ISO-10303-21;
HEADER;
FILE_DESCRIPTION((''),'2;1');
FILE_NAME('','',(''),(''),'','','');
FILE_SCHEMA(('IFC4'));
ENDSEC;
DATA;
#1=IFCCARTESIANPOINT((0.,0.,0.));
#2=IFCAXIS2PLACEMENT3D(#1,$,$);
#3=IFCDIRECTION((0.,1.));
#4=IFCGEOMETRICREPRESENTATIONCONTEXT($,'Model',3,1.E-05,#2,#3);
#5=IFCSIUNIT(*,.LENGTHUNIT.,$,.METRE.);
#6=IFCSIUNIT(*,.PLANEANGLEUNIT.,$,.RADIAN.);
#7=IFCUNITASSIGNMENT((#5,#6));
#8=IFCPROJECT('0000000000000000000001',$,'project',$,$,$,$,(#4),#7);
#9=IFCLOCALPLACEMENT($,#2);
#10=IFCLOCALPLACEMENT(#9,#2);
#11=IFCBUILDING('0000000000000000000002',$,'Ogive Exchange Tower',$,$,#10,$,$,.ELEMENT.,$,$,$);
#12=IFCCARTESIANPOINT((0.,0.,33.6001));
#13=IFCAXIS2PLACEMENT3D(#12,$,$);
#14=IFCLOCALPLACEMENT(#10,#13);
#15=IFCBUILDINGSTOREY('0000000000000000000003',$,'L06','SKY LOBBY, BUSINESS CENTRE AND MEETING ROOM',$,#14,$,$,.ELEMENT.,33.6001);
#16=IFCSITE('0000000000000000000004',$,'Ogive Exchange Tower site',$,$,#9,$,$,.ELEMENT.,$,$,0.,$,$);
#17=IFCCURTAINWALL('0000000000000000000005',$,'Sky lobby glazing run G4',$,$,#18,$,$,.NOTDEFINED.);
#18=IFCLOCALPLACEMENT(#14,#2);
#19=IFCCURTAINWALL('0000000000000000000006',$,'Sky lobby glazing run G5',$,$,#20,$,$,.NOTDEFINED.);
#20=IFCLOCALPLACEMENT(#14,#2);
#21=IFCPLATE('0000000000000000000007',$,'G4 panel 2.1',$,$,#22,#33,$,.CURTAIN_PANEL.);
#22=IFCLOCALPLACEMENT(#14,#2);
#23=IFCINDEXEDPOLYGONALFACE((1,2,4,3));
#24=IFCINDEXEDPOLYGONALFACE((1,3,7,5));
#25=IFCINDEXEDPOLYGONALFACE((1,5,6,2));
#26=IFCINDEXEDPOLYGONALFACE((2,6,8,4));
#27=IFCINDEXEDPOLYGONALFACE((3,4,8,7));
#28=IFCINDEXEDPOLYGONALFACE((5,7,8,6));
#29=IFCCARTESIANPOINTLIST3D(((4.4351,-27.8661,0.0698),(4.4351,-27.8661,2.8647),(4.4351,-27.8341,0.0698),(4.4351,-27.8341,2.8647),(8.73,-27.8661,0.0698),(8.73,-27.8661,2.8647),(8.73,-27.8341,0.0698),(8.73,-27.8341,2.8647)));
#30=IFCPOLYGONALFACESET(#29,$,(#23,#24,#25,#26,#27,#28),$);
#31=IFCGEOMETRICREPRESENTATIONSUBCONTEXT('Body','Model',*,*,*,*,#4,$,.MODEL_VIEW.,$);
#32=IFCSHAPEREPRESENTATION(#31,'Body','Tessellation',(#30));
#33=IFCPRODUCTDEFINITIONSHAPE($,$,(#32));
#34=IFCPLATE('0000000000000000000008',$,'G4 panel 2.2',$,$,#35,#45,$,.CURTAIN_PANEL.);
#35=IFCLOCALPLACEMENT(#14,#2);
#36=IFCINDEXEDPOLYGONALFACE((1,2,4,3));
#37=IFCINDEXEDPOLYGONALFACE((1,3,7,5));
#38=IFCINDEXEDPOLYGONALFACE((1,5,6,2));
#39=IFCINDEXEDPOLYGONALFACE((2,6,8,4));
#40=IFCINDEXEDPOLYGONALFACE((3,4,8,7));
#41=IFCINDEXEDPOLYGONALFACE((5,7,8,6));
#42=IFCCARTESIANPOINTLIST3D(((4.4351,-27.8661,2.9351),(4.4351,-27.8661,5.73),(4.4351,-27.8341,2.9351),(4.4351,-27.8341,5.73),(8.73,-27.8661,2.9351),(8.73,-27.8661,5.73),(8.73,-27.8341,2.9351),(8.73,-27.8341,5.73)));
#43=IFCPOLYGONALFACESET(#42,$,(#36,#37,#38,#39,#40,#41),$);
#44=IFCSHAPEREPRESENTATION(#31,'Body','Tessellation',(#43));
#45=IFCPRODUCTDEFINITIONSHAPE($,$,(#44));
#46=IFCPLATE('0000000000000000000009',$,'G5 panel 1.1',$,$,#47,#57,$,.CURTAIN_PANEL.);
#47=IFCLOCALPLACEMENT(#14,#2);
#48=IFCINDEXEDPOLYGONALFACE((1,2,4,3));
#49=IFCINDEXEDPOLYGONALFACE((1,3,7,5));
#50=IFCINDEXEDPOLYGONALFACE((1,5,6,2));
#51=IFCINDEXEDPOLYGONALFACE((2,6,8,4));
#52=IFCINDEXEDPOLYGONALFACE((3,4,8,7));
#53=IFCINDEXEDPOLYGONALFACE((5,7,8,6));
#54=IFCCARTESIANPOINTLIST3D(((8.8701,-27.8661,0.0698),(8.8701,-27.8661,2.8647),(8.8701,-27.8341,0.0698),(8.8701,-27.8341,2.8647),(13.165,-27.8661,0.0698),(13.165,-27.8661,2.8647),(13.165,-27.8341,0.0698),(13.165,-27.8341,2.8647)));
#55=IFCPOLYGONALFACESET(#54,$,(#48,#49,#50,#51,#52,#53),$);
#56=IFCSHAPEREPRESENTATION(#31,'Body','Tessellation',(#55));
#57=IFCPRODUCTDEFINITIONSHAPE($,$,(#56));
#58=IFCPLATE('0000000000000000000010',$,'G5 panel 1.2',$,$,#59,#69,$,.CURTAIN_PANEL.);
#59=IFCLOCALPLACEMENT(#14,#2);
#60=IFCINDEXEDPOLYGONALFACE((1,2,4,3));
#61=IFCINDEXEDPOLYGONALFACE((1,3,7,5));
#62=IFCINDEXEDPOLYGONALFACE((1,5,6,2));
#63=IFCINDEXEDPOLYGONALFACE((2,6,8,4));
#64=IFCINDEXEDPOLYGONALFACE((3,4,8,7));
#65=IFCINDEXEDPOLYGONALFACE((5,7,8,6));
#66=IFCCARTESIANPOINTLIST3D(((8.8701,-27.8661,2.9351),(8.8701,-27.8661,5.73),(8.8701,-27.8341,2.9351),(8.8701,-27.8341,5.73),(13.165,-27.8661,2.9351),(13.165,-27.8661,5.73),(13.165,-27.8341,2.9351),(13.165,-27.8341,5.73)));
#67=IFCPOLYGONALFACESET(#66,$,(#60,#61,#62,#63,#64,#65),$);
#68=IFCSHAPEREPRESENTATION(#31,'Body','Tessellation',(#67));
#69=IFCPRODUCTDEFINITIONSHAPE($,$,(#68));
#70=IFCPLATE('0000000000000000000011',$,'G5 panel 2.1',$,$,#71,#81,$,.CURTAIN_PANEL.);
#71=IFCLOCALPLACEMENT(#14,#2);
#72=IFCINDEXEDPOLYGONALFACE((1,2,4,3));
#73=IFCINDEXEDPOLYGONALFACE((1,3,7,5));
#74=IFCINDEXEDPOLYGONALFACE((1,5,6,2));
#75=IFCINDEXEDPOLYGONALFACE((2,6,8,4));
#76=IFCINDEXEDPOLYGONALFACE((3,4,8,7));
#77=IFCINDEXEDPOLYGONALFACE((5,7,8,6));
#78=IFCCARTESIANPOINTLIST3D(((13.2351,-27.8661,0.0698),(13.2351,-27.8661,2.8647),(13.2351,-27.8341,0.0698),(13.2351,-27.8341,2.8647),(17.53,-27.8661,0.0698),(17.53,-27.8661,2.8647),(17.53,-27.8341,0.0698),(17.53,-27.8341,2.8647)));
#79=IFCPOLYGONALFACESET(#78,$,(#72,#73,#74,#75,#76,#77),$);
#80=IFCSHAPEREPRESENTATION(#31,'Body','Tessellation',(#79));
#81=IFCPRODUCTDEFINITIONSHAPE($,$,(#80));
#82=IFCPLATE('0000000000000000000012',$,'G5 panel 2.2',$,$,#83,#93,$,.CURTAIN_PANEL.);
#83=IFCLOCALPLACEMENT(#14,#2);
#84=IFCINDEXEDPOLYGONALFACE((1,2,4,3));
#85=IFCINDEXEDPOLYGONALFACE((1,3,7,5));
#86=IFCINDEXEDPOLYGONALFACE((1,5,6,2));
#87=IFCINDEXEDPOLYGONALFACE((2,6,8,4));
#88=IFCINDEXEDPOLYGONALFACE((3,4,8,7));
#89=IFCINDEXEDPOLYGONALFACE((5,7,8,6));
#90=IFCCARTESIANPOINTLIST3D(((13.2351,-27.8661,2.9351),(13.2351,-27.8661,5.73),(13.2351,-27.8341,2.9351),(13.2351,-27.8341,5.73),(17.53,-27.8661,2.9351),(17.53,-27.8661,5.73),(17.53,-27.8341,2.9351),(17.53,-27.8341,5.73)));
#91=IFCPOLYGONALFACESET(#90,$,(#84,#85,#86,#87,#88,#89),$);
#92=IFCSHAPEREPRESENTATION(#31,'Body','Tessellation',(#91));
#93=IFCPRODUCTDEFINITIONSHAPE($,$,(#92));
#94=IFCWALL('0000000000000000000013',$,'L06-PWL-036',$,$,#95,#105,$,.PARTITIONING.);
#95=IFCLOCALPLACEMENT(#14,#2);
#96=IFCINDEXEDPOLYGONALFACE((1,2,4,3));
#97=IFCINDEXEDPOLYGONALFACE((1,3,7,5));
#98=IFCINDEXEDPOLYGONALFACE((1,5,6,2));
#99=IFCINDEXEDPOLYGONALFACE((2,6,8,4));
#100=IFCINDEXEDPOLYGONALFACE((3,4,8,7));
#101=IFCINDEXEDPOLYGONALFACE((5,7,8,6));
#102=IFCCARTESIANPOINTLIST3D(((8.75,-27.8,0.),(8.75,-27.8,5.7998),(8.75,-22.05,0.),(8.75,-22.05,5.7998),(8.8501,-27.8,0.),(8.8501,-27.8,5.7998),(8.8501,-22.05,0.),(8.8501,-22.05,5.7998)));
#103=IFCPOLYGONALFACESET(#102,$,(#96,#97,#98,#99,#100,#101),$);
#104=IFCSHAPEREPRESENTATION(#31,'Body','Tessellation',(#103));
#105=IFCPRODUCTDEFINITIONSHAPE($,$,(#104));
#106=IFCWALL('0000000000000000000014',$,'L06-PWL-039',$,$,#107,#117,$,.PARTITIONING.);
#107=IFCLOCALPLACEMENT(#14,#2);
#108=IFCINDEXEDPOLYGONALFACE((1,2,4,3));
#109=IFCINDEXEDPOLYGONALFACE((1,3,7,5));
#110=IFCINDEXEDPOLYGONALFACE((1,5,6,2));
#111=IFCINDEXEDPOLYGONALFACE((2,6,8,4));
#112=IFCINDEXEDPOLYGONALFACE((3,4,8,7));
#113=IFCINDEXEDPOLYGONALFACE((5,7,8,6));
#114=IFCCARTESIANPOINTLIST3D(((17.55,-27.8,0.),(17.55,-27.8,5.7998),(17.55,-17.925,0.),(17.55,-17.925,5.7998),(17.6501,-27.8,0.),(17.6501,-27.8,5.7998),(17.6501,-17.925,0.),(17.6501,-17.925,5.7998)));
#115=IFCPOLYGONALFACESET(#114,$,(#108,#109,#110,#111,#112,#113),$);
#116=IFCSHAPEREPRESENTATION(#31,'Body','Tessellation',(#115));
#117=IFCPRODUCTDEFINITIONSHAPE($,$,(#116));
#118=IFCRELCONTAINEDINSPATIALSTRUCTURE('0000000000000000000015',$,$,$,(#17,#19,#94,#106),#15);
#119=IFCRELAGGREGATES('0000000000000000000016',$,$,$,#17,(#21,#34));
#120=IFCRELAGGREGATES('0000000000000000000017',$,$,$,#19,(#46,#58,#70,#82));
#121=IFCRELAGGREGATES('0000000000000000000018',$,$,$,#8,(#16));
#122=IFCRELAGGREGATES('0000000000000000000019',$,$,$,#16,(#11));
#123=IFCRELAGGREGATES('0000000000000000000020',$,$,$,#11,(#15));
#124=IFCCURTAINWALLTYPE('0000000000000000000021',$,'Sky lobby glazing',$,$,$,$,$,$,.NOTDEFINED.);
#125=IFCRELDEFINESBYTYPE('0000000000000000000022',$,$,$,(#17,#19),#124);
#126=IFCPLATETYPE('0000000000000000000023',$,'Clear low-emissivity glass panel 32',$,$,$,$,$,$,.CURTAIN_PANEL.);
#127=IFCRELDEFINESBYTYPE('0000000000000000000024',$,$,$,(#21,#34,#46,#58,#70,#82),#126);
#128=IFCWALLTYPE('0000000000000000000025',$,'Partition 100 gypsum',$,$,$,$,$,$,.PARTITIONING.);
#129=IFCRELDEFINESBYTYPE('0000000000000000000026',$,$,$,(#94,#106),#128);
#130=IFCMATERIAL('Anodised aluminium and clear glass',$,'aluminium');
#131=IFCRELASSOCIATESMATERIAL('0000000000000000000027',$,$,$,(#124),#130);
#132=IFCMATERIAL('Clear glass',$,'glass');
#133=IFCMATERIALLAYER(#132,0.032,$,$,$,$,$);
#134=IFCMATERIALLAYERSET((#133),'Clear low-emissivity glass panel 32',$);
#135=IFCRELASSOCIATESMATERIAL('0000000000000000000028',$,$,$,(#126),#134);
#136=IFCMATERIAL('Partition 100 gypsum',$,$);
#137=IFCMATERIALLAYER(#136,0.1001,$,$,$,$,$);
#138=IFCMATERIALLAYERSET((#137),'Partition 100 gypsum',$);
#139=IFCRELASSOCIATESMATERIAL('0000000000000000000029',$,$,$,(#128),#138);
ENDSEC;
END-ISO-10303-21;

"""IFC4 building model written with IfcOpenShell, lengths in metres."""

from ifc_helpers import new_model, si_unit, direction, frame, frame_2d, origin, origin_2d, place, context, subcontext, project, spatial, rectangle, extrude, material, layer, layer_set, type_object, element, aggregate, save


model = new_model("IFC4")

# Units and contexts
model_context = context("Model", 3, precision=1e-05, world=origin(), true_north=direction((0.0, 1.0)))
body_context = subcontext(model_context, "Body", "Model", "MODEL_VIEW")
ifc_project = project(units=[si_unit("LENGTHUNIT", "METRE"), si_unit("PLANEANGLEUNIT", "RADIAN")], contexts=[model_context])

# Site, building, storey
site_placement = place(None, origin())
site = spatial("IfcSite", under=ifc_project, at=site_placement, Name="Ogive Exchange Tower site", CompositionType="ELEMENT", RefElevation=0.0)
building_placement = place(site_placement, origin())
building = spatial("IfcBuilding", under=site, at=building_placement, Name="Ogive Exchange Tower", CompositionType="ELEMENT")
storey_placement = place(building_placement, frame((0.0, 0.0, 33.6001)))
storey = spatial("IfcBuildingStorey", under=building, at=storey_placement, Name="L06", Description="SKY LOBBY, BUSINESS CENTRE AND MEETING ROOM", CompositionType="ELEMENT", Elevation=33.6001)

# Curtain wall
ifc_material_1 = material(Name="Anodised aluminium and clear glass", Category="aluminium")
curtain_wall_type = type_object("IfcCurtainWallType", Name="Sky lobby glazing", PredefinedType="NOTDEFINED", material=ifc_material_1)
curtain_wall_1_placement = place(storey_placement, origin())
curtain_wall_1 = element("IfcCurtainWall", 1, at=curtain_wall_1_placement, inside=storey, type_object=curtain_wall_type, Name="Sky lobby glazing run G4", PredefinedType="NOTDEFINED")

# Curtain wall
curtain_wall_2_placement = place(storey_placement, origin())
curtain_wall_2 = element("IfcCurtainWall", 2, at=curtain_wall_2_placement, inside=storey, type_object=curtain_wall_type, Name="Sky lobby glazing run G5", PredefinedType="NOTDEFINED")

# Plates
ifc_material_2 = material(Name="Clear glass", Category="glass")
ifc_layer_1 = layer(ifc_material_2, 0.032)
ifc_layer_set_1 = layer_set([ifc_layer_1], Name="Clear low-emissivity glass panel 32")
plate_type = type_object("IfcPlateType", Name="Clear low-emissivity glass panel 32", PredefinedType="CURTAIN_PANEL", material=ifc_layer_set_1)
plate_1_placement = place(storey_placement, frame((6.5825, -27.8501, 0.0698), z_axis=(0.0, 0.0, 1.0), x_axis=(1.0, 0.0, 0.0)))
plate_1 = element("IfcPlate", 3, at=plate_1_placement, type_object=plate_type, Name="G4 panel 2.1", PredefinedType="CURTAIN_PANEL", context=body_context, shape_type="SweptSolid", body=[
    extrude(rectangle(XDim=4.2949, YDim=0.032, at=origin_2d()), origin(), (0.0, 0.0, 1.0), 2.7949),
])
plate_2_placement = place(storey_placement, frame((6.5825, -27.8501, 2.9351), z_axis=(0.0, 0.0, 1.0), x_axis=(1.0, 0.0, 0.0)))
plate_2 = element("IfcPlate", 4, at=plate_2_placement, type_object=plate_type, Name="G4 panel 2.2", PredefinedType="CURTAIN_PANEL", context=body_context, shape_type="SweptSolid", body=[
    extrude(rectangle(XDim=4.2949, YDim=0.032, at=origin_2d()), origin(), (0.0, 0.0, 1.0), 2.7949),
])
aggregate(curtain_wall_1, [plate_1, plate_2])
plate_3_placement = place(storey_placement, frame((11.0176, -27.8501, 0.0698), z_axis=(0.0, 0.0, 1.0), x_axis=(1.0, 0.0, 0.0)))
plate_3 = element("IfcPlate", 5, at=plate_3_placement, type_object=plate_type, Name="G5 panel 1.1", PredefinedType="CURTAIN_PANEL", context=body_context, shape_type="SweptSolid", body=[
    extrude(rectangle(XDim=4.2949, YDim=0.032, at=origin_2d()), origin(), (0.0, 0.0, 1.0), 2.7949),
])
plate_4_placement = place(storey_placement, frame((11.0176, -27.8501, 2.9351), z_axis=(0.0, 0.0, 1.0), x_axis=(1.0, 0.0, 0.0)))
plate_4 = element("IfcPlate", 6, at=plate_4_placement, type_object=plate_type, Name="G5 panel 1.2", PredefinedType="CURTAIN_PANEL", context=body_context, shape_type="SweptSolid", body=[
    extrude(rectangle(XDim=4.2949, YDim=0.032, at=origin_2d()), origin(), (0.0, 0.0, 1.0), 2.7949),
])
plate_5_placement = place(storey_placement, frame((15.3826, -27.8501, 0.0698), z_axis=(0.0, 0.0, 1.0), x_axis=(1.0, 0.0, 0.0)))
plate_5 = element("IfcPlate", 7, at=plate_5_placement, type_object=plate_type, Name="G5 panel 2.1", PredefinedType="CURTAIN_PANEL", context=body_context, shape_type="SweptSolid", body=[
    extrude(rectangle(XDim=4.2949, YDim=0.032, at=origin_2d()), origin(), (0.0, 0.0, 1.0), 2.7949),
])
plate_6_placement = place(storey_placement, frame((15.3826, -27.8501, 2.9351), z_axis=(0.0, 0.0, 1.0), x_axis=(1.0, 0.0, 0.0)))
plate_6 = element("IfcPlate", 8, at=plate_6_placement, type_object=plate_type, Name="G5 panel 2.2", PredefinedType="CURTAIN_PANEL", context=body_context, shape_type="SweptSolid", body=[
    extrude(rectangle(XDim=4.2949, YDim=0.032, at=origin_2d()), origin(), (0.0, 0.0, 1.0), 2.7949),
])
aggregate(curtain_wall_2, [plate_3, plate_4, plate_5, plate_6])

# Walls
ifc_material_3 = material(Name="Partition 100 gypsum")
ifc_layer_2 = layer(ifc_material_3, 0.1001)
ifc_layer_set_2 = layer_set([ifc_layer_2], Name="Partition 100 gypsum")
wall_type = type_object("IfcWallType", Name="Partition 100 gypsum", PredefinedType="PARTITIONING", material=ifc_layer_set_2)
wall_1_placement = place(storey_placement, frame((8.8, -27.8, 0.0), z_axis=(0.0, 0.0, 1.0), x_axis=(0.0, 1.0, 0.0)))
element("IfcWall", 9, at=wall_1_placement, inside=storey, type_object=wall_type, Name="L06-PWL-036", PredefinedType="PARTITIONING", context=body_context, shape_type="SweptSolid", body=[
    extrude(rectangle(XDim=5.75, YDim=0.1001, at=frame_2d((2.875, 0.0))), origin(), (0.0, 0.0, 1.0), 5.7998),
])
wall_2_placement = place(storey_placement, frame((17.6001, -27.8, 0.0), z_axis=(0.0, 0.0, 1.0), x_axis=(0.0, 1.0, 0.0)))
element("IfcWall", 10, at=wall_2_placement, inside=storey, type_object=wall_type, Name="L06-PWL-039", PredefinedType="PARTITIONING", context=body_context, shape_type="SweptSolid", body=[
    extrude(rectangle(XDim=9.875, YDim=0.1001, at=frame_2d((4.9375, 0.0))), origin(), (0.0, 0.0, 1.0), 5.7998),
])

save(model, "model.ifc")
